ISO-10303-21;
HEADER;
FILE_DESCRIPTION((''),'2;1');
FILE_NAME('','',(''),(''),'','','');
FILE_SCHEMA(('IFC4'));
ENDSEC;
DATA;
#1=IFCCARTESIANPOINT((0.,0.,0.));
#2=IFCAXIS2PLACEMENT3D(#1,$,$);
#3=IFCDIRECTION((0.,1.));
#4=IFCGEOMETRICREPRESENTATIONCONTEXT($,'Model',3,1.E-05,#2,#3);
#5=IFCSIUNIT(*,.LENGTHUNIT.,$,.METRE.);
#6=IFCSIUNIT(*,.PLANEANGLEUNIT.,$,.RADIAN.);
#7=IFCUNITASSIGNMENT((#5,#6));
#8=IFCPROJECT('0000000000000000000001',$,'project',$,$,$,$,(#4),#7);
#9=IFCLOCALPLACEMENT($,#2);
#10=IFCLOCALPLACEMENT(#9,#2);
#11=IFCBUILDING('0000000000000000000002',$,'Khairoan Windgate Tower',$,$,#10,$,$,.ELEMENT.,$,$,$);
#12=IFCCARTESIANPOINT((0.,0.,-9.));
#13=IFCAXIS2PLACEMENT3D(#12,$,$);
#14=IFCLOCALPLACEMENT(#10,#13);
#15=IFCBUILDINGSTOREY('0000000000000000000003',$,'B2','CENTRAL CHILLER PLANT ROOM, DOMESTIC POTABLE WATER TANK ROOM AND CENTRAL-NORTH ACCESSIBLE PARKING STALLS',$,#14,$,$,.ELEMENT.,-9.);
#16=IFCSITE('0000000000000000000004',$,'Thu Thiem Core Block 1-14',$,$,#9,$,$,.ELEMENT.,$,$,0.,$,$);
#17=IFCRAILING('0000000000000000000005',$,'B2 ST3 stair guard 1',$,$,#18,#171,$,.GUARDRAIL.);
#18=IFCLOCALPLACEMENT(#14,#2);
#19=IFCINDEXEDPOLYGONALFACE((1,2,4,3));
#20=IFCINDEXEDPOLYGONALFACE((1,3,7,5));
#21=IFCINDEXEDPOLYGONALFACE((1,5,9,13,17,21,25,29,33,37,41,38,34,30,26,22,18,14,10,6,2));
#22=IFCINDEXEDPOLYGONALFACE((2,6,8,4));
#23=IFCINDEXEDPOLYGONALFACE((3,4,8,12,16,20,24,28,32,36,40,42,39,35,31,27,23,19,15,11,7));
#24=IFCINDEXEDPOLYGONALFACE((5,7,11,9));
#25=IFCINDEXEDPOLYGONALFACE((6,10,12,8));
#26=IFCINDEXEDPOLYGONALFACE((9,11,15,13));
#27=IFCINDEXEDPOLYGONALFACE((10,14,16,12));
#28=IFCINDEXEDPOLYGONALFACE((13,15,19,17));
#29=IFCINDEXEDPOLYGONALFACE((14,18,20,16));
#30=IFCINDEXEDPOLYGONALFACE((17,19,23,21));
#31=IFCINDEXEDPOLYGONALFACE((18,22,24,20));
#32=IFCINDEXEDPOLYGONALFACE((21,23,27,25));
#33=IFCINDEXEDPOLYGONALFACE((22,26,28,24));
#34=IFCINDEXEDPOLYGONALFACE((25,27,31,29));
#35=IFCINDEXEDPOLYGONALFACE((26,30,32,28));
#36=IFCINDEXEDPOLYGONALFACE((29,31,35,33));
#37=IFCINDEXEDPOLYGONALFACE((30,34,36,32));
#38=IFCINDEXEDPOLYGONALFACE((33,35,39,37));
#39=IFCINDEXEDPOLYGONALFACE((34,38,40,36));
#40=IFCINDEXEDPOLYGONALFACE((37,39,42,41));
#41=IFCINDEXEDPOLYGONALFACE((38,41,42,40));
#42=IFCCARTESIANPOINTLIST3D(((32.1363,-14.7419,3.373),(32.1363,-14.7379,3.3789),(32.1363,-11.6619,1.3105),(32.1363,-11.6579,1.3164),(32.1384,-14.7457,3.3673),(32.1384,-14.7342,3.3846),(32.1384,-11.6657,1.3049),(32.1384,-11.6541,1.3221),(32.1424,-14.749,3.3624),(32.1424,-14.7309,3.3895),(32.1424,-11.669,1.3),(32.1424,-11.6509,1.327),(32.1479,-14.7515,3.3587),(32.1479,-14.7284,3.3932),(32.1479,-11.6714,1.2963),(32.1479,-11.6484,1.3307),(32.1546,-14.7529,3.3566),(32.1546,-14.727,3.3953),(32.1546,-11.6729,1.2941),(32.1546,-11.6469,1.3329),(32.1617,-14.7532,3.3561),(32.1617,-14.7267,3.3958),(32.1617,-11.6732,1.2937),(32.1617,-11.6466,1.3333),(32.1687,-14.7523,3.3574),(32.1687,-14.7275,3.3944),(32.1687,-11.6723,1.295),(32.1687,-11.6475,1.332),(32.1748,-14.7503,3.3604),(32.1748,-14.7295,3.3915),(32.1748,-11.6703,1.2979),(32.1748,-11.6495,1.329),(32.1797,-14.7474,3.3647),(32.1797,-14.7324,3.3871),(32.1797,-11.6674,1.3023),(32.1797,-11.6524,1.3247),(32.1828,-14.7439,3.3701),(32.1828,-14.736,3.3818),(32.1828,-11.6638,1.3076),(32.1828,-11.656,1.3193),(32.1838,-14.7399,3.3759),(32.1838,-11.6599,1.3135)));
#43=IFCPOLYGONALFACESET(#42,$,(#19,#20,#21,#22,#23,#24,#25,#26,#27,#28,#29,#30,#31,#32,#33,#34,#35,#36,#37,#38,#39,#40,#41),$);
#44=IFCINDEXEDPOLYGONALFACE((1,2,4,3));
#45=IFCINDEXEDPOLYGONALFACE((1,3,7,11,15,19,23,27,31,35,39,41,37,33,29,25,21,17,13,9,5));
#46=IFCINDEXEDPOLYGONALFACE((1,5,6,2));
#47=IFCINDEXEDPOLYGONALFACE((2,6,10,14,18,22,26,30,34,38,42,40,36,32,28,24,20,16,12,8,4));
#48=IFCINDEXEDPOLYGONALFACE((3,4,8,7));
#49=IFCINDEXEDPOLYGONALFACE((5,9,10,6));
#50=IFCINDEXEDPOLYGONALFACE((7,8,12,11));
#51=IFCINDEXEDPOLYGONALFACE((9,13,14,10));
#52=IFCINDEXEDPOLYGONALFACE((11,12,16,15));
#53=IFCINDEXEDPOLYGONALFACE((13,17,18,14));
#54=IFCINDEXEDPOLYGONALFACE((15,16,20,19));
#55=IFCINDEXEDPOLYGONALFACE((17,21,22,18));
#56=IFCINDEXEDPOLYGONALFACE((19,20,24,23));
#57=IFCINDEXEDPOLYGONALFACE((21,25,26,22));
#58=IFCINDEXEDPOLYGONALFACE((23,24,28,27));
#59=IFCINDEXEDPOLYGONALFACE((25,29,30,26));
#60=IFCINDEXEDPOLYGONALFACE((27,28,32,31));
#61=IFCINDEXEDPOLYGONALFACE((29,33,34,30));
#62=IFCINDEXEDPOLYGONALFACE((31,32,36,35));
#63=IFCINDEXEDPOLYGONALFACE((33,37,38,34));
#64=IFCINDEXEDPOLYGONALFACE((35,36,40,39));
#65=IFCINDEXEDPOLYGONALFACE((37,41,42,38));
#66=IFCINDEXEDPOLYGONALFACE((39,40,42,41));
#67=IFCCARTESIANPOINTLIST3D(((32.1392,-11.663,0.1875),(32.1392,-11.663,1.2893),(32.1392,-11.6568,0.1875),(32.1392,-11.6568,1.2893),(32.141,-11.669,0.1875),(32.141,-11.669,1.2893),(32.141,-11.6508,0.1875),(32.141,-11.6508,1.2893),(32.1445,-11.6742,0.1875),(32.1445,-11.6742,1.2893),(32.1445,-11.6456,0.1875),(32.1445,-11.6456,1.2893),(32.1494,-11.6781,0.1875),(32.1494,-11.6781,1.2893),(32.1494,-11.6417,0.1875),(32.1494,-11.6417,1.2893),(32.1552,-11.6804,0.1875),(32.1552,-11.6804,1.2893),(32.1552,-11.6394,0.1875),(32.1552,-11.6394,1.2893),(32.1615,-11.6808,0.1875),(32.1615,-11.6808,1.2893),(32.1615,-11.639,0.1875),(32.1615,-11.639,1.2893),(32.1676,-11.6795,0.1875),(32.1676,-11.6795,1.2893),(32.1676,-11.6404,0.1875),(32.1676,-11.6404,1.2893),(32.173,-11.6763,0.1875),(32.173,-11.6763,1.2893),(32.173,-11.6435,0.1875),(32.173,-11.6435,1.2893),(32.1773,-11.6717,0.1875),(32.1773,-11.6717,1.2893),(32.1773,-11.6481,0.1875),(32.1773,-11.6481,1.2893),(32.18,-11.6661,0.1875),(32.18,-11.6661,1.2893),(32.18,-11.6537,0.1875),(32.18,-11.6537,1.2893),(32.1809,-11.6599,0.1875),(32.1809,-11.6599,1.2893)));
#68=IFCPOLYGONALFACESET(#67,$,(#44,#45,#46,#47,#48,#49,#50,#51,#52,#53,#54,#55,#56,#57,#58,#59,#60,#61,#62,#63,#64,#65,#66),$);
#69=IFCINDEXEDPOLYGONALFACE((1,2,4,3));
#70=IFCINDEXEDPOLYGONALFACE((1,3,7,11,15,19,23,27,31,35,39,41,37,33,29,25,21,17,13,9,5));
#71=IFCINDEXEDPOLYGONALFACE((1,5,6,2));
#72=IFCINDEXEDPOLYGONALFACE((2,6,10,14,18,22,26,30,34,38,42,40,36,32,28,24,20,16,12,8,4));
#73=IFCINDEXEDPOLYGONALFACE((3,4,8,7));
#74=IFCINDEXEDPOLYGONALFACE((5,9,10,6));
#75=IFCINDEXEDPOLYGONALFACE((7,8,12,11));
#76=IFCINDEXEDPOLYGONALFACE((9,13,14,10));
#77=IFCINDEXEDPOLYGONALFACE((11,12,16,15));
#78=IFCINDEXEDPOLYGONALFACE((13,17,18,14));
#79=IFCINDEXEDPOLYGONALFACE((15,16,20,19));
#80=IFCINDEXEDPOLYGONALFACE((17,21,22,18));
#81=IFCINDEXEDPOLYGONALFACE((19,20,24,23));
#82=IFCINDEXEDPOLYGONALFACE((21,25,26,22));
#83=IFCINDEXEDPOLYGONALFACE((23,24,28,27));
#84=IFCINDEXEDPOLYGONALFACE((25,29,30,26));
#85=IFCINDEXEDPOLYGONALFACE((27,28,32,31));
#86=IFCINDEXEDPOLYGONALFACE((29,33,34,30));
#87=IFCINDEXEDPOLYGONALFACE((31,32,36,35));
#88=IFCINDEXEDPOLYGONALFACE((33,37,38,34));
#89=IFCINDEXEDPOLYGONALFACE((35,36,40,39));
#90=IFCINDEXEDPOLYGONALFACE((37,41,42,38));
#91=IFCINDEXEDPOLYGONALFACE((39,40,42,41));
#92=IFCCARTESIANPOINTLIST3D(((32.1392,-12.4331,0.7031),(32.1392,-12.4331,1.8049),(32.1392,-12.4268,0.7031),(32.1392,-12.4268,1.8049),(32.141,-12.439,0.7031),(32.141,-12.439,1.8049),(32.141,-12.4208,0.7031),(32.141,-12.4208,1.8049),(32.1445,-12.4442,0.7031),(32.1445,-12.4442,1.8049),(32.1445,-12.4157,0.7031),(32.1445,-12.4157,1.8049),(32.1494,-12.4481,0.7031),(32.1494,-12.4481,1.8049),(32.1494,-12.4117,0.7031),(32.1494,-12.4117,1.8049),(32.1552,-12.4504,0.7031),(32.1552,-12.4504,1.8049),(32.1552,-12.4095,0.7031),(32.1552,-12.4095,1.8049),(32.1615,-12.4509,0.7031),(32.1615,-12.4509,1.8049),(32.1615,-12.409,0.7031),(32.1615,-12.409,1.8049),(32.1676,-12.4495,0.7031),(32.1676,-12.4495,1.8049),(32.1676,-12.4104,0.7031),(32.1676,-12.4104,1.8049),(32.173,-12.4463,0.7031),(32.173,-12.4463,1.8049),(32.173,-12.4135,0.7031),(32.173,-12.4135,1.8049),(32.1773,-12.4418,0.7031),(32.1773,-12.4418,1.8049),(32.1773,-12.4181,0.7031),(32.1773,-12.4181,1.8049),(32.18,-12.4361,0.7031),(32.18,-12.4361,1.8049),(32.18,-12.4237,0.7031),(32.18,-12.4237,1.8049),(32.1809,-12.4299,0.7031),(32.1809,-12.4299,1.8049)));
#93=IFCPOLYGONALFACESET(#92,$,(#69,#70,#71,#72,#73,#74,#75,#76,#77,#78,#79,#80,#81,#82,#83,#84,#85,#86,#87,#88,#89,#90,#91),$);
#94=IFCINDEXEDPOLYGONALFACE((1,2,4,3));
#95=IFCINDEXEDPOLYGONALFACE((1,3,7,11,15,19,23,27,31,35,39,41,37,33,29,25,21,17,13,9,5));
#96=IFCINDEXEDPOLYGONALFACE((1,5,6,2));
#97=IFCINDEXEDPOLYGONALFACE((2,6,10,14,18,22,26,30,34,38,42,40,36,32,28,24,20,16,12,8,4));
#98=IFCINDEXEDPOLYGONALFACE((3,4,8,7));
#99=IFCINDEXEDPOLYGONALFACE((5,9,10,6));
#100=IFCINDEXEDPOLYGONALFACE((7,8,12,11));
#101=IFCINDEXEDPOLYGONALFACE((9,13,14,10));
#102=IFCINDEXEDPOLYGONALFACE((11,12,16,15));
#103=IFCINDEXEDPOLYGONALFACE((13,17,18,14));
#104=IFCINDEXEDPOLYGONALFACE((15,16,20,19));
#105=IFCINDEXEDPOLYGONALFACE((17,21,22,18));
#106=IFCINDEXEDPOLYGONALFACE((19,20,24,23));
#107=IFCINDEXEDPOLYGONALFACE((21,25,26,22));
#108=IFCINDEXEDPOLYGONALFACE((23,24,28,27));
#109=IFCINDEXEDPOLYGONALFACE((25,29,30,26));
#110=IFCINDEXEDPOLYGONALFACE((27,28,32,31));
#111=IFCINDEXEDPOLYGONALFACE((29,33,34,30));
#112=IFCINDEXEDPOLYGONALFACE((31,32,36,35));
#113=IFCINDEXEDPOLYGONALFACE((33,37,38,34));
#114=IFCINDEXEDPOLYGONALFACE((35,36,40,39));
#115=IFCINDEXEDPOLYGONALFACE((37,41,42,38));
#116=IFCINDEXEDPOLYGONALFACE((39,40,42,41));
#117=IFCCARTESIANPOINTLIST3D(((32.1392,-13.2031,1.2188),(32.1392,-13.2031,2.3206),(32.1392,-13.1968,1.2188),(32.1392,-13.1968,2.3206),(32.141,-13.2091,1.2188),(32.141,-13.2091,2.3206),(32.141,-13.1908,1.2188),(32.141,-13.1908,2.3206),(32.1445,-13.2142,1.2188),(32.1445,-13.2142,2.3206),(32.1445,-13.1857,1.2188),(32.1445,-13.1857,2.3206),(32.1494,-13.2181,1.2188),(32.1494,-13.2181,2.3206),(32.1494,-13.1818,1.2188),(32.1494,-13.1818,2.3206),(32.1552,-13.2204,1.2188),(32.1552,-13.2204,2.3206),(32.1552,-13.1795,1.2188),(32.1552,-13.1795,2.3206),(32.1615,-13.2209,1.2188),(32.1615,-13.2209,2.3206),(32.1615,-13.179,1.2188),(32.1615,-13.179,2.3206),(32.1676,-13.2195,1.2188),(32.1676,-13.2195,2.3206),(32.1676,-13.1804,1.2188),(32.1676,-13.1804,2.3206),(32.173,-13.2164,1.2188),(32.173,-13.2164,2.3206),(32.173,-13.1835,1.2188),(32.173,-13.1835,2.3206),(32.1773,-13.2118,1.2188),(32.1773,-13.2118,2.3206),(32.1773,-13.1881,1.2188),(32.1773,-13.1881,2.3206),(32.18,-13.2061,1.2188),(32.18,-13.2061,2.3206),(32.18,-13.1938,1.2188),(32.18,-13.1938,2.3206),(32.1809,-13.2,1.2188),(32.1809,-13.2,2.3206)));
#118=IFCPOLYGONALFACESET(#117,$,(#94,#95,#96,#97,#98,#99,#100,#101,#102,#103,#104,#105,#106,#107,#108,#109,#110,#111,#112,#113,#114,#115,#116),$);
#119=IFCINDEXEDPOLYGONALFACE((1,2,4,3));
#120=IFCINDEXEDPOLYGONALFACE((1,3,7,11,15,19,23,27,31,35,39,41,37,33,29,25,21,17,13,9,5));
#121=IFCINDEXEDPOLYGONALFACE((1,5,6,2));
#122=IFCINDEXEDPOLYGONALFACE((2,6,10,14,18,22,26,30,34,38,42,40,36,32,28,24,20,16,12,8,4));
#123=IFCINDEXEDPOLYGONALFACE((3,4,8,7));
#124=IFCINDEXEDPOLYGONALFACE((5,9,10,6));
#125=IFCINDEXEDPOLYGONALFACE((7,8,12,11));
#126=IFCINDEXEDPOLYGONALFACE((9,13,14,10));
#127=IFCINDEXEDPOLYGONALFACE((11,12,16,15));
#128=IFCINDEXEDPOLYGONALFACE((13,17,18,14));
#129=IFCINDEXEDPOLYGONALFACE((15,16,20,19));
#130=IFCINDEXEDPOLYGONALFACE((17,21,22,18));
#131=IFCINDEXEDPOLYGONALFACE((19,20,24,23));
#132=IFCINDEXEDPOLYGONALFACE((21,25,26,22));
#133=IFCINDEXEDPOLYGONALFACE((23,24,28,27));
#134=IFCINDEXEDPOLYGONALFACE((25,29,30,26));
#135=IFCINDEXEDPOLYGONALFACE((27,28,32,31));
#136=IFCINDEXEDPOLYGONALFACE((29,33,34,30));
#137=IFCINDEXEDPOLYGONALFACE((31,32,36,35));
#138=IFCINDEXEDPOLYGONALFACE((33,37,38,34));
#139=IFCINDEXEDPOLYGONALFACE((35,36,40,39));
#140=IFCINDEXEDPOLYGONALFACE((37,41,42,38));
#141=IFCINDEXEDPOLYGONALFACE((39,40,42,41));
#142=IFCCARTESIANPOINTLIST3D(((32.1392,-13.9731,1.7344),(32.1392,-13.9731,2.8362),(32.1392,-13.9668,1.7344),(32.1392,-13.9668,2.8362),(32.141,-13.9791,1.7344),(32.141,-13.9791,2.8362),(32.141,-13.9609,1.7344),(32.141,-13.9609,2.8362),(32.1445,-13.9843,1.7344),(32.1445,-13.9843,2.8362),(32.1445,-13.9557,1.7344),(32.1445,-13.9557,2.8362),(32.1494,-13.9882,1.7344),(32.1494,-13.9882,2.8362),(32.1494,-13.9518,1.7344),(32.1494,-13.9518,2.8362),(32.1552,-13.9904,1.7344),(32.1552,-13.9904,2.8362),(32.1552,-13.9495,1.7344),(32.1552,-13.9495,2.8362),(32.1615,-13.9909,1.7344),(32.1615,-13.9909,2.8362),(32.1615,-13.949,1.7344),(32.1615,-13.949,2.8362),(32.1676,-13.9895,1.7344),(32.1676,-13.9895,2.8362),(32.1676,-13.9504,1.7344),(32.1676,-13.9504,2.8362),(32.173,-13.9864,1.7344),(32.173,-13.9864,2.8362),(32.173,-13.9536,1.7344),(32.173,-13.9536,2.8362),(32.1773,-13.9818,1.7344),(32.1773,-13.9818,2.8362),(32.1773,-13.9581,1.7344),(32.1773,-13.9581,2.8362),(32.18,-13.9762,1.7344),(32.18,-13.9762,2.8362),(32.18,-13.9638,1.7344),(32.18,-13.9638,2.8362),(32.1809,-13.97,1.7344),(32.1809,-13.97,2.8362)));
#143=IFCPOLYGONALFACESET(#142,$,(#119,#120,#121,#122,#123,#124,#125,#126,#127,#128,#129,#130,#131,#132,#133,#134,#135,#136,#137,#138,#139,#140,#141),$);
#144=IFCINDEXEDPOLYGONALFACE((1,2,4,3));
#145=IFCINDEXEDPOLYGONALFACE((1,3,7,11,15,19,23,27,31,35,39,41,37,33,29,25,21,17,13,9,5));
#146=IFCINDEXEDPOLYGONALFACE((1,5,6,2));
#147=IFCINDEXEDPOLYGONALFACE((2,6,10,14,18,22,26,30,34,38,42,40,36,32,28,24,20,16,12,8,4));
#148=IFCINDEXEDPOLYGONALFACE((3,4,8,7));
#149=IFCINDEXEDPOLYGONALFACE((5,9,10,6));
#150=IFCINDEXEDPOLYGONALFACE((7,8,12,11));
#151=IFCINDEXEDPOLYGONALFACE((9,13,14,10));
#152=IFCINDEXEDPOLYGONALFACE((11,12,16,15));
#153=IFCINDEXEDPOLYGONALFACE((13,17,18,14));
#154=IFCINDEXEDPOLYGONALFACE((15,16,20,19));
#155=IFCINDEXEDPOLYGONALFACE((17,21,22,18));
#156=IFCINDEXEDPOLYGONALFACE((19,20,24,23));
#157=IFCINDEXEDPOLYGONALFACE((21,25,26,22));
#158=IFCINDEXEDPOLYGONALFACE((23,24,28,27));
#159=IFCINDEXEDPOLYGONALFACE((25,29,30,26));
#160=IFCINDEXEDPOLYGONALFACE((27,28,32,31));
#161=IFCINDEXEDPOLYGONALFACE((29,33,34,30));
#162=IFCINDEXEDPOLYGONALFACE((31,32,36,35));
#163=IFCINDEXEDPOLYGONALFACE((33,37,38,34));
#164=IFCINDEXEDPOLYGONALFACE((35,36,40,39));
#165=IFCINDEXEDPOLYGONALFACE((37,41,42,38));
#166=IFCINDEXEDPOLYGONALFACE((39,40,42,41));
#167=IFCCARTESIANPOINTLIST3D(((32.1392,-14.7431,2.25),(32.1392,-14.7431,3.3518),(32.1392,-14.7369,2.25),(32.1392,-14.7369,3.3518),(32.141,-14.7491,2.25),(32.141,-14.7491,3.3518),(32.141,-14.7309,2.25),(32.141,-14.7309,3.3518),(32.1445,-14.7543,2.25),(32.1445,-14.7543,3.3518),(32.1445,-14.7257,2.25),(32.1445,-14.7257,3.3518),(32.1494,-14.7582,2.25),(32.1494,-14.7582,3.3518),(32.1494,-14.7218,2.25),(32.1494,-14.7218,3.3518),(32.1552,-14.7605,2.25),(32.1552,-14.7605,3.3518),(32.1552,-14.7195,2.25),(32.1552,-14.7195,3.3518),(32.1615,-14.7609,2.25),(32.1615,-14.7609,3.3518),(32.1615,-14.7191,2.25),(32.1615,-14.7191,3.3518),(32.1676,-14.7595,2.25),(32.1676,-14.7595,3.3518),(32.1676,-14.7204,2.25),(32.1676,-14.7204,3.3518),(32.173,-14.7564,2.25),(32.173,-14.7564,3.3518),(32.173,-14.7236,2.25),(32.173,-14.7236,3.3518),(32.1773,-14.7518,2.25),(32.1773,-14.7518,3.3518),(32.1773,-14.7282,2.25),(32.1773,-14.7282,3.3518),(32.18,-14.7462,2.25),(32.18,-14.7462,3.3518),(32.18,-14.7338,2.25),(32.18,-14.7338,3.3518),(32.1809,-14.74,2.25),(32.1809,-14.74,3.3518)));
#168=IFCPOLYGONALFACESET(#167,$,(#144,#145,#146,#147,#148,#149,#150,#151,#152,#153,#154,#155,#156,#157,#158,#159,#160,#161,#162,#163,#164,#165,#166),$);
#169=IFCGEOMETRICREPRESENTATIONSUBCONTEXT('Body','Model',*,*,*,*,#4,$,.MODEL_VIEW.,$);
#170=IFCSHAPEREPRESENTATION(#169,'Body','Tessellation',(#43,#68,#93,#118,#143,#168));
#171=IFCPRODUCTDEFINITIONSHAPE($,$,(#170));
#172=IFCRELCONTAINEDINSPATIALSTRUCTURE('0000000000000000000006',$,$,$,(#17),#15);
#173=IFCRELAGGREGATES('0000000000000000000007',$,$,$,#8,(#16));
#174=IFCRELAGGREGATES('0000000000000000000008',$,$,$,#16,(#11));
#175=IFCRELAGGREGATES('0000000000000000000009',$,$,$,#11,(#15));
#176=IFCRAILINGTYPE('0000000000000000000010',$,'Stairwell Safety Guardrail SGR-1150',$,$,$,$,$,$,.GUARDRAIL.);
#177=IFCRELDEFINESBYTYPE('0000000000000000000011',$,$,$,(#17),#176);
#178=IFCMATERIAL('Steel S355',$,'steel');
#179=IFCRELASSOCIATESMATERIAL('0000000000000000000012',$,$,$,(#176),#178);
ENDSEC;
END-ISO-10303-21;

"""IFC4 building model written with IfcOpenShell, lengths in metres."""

from ifc_helpers import new_model, si_unit, direction, frame, origin, origin_2d, place, context, subcontext, project, spatial, circle, extrude, material, type_object, element, save


model = new_model("IFC4")

# Units and contexts
model_context = context("Model", 3, precision=1e-05, world=origin(), true_north=direction((0.0, 1.0)))
body_context = subcontext(model_context, "Body", "Model", "MODEL_VIEW")
ifc_project = project(units=[si_unit("LENGTHUNIT", "METRE"), si_unit("PLANEANGLEUNIT", "RADIAN")], contexts=[model_context])

# Site, building, storey
site_placement = place(None, origin())
site = spatial("IfcSite", under=ifc_project, at=site_placement, Name="Thu Thiem Core Block 1-14", CompositionType="ELEMENT", RefElevation=0.0)
building_placement = place(site_placement, origin())
building = spatial("IfcBuilding", under=site, at=building_placement, Name="Khairoan Windgate Tower", CompositionType="ELEMENT")
storey_placement = place(building_placement, frame((0.0, 0.0, -9.0)))
storey = spatial("IfcBuildingStorey", under=building, at=storey_placement, Name="B2", Description="CENTRAL CHILLER PLANT ROOM, DOMESTIC POTABLE WATER TANK ROOM AND CENTRAL-NORTH ACCESSIBLE PARKING STALLS", CompositionType="ELEMENT", Elevation=-9.0)

# Railing
ifc_material_1 = material(Name="Steel S355", Category="steel")
railing_type_1 = type_object("IfcRailingType", Name="Stairwell Safety Guardrail SGR-1150", PredefinedType="GUARDRAIL", material=ifc_material_1)
railing_1_placement = place(storey_placement, frame((32.1599, -11.6599, 0.1875)))
element("IfcRailing", 1, at=railing_1_placement, inside=storey, type_object=railing_type_1, Name="B2 ST3 stair guard 1", PredefinedType="GUARDRAIL", context=body_context, shape_type="SweptSolid", body=[
    extrude(circle(Radius=0.0239, at=origin_2d()), frame((0.0, 0.0, 1.126), z_axis=(0.0, -0.830914, 0.556401), x_axis=(1.0, 0.0, 0.0)), (0.0, 0.0, 1.0), 3.7068),
    extrude(circle(Radius=0.021, at=origin_2d()), origin(), (0.0, 0.0, 1.0), 1.1018),
    extrude(circle(Radius=0.021, at=origin_2d()), frame((0.0, -0.77, 0.5156)), (0.0, 0.0, 1.0), 1.1018),
    extrude(circle(Radius=0.021, at=origin_2d()), frame((0.0, -1.54, 1.0312)), (0.0, 0.0, 1.0), 1.1018),
    extrude(circle(Radius=0.021, at=origin_2d()), frame((0.0, -2.3101, 1.5469)), (0.0, 0.0, 1.0), 1.1018),
    extrude(circle(Radius=0.021, at=origin_2d()), frame((0.0, -3.0801, 2.0625)), (0.0, 0.0, 1.0), 1.1018),
])

save(model, "model.ifc")
